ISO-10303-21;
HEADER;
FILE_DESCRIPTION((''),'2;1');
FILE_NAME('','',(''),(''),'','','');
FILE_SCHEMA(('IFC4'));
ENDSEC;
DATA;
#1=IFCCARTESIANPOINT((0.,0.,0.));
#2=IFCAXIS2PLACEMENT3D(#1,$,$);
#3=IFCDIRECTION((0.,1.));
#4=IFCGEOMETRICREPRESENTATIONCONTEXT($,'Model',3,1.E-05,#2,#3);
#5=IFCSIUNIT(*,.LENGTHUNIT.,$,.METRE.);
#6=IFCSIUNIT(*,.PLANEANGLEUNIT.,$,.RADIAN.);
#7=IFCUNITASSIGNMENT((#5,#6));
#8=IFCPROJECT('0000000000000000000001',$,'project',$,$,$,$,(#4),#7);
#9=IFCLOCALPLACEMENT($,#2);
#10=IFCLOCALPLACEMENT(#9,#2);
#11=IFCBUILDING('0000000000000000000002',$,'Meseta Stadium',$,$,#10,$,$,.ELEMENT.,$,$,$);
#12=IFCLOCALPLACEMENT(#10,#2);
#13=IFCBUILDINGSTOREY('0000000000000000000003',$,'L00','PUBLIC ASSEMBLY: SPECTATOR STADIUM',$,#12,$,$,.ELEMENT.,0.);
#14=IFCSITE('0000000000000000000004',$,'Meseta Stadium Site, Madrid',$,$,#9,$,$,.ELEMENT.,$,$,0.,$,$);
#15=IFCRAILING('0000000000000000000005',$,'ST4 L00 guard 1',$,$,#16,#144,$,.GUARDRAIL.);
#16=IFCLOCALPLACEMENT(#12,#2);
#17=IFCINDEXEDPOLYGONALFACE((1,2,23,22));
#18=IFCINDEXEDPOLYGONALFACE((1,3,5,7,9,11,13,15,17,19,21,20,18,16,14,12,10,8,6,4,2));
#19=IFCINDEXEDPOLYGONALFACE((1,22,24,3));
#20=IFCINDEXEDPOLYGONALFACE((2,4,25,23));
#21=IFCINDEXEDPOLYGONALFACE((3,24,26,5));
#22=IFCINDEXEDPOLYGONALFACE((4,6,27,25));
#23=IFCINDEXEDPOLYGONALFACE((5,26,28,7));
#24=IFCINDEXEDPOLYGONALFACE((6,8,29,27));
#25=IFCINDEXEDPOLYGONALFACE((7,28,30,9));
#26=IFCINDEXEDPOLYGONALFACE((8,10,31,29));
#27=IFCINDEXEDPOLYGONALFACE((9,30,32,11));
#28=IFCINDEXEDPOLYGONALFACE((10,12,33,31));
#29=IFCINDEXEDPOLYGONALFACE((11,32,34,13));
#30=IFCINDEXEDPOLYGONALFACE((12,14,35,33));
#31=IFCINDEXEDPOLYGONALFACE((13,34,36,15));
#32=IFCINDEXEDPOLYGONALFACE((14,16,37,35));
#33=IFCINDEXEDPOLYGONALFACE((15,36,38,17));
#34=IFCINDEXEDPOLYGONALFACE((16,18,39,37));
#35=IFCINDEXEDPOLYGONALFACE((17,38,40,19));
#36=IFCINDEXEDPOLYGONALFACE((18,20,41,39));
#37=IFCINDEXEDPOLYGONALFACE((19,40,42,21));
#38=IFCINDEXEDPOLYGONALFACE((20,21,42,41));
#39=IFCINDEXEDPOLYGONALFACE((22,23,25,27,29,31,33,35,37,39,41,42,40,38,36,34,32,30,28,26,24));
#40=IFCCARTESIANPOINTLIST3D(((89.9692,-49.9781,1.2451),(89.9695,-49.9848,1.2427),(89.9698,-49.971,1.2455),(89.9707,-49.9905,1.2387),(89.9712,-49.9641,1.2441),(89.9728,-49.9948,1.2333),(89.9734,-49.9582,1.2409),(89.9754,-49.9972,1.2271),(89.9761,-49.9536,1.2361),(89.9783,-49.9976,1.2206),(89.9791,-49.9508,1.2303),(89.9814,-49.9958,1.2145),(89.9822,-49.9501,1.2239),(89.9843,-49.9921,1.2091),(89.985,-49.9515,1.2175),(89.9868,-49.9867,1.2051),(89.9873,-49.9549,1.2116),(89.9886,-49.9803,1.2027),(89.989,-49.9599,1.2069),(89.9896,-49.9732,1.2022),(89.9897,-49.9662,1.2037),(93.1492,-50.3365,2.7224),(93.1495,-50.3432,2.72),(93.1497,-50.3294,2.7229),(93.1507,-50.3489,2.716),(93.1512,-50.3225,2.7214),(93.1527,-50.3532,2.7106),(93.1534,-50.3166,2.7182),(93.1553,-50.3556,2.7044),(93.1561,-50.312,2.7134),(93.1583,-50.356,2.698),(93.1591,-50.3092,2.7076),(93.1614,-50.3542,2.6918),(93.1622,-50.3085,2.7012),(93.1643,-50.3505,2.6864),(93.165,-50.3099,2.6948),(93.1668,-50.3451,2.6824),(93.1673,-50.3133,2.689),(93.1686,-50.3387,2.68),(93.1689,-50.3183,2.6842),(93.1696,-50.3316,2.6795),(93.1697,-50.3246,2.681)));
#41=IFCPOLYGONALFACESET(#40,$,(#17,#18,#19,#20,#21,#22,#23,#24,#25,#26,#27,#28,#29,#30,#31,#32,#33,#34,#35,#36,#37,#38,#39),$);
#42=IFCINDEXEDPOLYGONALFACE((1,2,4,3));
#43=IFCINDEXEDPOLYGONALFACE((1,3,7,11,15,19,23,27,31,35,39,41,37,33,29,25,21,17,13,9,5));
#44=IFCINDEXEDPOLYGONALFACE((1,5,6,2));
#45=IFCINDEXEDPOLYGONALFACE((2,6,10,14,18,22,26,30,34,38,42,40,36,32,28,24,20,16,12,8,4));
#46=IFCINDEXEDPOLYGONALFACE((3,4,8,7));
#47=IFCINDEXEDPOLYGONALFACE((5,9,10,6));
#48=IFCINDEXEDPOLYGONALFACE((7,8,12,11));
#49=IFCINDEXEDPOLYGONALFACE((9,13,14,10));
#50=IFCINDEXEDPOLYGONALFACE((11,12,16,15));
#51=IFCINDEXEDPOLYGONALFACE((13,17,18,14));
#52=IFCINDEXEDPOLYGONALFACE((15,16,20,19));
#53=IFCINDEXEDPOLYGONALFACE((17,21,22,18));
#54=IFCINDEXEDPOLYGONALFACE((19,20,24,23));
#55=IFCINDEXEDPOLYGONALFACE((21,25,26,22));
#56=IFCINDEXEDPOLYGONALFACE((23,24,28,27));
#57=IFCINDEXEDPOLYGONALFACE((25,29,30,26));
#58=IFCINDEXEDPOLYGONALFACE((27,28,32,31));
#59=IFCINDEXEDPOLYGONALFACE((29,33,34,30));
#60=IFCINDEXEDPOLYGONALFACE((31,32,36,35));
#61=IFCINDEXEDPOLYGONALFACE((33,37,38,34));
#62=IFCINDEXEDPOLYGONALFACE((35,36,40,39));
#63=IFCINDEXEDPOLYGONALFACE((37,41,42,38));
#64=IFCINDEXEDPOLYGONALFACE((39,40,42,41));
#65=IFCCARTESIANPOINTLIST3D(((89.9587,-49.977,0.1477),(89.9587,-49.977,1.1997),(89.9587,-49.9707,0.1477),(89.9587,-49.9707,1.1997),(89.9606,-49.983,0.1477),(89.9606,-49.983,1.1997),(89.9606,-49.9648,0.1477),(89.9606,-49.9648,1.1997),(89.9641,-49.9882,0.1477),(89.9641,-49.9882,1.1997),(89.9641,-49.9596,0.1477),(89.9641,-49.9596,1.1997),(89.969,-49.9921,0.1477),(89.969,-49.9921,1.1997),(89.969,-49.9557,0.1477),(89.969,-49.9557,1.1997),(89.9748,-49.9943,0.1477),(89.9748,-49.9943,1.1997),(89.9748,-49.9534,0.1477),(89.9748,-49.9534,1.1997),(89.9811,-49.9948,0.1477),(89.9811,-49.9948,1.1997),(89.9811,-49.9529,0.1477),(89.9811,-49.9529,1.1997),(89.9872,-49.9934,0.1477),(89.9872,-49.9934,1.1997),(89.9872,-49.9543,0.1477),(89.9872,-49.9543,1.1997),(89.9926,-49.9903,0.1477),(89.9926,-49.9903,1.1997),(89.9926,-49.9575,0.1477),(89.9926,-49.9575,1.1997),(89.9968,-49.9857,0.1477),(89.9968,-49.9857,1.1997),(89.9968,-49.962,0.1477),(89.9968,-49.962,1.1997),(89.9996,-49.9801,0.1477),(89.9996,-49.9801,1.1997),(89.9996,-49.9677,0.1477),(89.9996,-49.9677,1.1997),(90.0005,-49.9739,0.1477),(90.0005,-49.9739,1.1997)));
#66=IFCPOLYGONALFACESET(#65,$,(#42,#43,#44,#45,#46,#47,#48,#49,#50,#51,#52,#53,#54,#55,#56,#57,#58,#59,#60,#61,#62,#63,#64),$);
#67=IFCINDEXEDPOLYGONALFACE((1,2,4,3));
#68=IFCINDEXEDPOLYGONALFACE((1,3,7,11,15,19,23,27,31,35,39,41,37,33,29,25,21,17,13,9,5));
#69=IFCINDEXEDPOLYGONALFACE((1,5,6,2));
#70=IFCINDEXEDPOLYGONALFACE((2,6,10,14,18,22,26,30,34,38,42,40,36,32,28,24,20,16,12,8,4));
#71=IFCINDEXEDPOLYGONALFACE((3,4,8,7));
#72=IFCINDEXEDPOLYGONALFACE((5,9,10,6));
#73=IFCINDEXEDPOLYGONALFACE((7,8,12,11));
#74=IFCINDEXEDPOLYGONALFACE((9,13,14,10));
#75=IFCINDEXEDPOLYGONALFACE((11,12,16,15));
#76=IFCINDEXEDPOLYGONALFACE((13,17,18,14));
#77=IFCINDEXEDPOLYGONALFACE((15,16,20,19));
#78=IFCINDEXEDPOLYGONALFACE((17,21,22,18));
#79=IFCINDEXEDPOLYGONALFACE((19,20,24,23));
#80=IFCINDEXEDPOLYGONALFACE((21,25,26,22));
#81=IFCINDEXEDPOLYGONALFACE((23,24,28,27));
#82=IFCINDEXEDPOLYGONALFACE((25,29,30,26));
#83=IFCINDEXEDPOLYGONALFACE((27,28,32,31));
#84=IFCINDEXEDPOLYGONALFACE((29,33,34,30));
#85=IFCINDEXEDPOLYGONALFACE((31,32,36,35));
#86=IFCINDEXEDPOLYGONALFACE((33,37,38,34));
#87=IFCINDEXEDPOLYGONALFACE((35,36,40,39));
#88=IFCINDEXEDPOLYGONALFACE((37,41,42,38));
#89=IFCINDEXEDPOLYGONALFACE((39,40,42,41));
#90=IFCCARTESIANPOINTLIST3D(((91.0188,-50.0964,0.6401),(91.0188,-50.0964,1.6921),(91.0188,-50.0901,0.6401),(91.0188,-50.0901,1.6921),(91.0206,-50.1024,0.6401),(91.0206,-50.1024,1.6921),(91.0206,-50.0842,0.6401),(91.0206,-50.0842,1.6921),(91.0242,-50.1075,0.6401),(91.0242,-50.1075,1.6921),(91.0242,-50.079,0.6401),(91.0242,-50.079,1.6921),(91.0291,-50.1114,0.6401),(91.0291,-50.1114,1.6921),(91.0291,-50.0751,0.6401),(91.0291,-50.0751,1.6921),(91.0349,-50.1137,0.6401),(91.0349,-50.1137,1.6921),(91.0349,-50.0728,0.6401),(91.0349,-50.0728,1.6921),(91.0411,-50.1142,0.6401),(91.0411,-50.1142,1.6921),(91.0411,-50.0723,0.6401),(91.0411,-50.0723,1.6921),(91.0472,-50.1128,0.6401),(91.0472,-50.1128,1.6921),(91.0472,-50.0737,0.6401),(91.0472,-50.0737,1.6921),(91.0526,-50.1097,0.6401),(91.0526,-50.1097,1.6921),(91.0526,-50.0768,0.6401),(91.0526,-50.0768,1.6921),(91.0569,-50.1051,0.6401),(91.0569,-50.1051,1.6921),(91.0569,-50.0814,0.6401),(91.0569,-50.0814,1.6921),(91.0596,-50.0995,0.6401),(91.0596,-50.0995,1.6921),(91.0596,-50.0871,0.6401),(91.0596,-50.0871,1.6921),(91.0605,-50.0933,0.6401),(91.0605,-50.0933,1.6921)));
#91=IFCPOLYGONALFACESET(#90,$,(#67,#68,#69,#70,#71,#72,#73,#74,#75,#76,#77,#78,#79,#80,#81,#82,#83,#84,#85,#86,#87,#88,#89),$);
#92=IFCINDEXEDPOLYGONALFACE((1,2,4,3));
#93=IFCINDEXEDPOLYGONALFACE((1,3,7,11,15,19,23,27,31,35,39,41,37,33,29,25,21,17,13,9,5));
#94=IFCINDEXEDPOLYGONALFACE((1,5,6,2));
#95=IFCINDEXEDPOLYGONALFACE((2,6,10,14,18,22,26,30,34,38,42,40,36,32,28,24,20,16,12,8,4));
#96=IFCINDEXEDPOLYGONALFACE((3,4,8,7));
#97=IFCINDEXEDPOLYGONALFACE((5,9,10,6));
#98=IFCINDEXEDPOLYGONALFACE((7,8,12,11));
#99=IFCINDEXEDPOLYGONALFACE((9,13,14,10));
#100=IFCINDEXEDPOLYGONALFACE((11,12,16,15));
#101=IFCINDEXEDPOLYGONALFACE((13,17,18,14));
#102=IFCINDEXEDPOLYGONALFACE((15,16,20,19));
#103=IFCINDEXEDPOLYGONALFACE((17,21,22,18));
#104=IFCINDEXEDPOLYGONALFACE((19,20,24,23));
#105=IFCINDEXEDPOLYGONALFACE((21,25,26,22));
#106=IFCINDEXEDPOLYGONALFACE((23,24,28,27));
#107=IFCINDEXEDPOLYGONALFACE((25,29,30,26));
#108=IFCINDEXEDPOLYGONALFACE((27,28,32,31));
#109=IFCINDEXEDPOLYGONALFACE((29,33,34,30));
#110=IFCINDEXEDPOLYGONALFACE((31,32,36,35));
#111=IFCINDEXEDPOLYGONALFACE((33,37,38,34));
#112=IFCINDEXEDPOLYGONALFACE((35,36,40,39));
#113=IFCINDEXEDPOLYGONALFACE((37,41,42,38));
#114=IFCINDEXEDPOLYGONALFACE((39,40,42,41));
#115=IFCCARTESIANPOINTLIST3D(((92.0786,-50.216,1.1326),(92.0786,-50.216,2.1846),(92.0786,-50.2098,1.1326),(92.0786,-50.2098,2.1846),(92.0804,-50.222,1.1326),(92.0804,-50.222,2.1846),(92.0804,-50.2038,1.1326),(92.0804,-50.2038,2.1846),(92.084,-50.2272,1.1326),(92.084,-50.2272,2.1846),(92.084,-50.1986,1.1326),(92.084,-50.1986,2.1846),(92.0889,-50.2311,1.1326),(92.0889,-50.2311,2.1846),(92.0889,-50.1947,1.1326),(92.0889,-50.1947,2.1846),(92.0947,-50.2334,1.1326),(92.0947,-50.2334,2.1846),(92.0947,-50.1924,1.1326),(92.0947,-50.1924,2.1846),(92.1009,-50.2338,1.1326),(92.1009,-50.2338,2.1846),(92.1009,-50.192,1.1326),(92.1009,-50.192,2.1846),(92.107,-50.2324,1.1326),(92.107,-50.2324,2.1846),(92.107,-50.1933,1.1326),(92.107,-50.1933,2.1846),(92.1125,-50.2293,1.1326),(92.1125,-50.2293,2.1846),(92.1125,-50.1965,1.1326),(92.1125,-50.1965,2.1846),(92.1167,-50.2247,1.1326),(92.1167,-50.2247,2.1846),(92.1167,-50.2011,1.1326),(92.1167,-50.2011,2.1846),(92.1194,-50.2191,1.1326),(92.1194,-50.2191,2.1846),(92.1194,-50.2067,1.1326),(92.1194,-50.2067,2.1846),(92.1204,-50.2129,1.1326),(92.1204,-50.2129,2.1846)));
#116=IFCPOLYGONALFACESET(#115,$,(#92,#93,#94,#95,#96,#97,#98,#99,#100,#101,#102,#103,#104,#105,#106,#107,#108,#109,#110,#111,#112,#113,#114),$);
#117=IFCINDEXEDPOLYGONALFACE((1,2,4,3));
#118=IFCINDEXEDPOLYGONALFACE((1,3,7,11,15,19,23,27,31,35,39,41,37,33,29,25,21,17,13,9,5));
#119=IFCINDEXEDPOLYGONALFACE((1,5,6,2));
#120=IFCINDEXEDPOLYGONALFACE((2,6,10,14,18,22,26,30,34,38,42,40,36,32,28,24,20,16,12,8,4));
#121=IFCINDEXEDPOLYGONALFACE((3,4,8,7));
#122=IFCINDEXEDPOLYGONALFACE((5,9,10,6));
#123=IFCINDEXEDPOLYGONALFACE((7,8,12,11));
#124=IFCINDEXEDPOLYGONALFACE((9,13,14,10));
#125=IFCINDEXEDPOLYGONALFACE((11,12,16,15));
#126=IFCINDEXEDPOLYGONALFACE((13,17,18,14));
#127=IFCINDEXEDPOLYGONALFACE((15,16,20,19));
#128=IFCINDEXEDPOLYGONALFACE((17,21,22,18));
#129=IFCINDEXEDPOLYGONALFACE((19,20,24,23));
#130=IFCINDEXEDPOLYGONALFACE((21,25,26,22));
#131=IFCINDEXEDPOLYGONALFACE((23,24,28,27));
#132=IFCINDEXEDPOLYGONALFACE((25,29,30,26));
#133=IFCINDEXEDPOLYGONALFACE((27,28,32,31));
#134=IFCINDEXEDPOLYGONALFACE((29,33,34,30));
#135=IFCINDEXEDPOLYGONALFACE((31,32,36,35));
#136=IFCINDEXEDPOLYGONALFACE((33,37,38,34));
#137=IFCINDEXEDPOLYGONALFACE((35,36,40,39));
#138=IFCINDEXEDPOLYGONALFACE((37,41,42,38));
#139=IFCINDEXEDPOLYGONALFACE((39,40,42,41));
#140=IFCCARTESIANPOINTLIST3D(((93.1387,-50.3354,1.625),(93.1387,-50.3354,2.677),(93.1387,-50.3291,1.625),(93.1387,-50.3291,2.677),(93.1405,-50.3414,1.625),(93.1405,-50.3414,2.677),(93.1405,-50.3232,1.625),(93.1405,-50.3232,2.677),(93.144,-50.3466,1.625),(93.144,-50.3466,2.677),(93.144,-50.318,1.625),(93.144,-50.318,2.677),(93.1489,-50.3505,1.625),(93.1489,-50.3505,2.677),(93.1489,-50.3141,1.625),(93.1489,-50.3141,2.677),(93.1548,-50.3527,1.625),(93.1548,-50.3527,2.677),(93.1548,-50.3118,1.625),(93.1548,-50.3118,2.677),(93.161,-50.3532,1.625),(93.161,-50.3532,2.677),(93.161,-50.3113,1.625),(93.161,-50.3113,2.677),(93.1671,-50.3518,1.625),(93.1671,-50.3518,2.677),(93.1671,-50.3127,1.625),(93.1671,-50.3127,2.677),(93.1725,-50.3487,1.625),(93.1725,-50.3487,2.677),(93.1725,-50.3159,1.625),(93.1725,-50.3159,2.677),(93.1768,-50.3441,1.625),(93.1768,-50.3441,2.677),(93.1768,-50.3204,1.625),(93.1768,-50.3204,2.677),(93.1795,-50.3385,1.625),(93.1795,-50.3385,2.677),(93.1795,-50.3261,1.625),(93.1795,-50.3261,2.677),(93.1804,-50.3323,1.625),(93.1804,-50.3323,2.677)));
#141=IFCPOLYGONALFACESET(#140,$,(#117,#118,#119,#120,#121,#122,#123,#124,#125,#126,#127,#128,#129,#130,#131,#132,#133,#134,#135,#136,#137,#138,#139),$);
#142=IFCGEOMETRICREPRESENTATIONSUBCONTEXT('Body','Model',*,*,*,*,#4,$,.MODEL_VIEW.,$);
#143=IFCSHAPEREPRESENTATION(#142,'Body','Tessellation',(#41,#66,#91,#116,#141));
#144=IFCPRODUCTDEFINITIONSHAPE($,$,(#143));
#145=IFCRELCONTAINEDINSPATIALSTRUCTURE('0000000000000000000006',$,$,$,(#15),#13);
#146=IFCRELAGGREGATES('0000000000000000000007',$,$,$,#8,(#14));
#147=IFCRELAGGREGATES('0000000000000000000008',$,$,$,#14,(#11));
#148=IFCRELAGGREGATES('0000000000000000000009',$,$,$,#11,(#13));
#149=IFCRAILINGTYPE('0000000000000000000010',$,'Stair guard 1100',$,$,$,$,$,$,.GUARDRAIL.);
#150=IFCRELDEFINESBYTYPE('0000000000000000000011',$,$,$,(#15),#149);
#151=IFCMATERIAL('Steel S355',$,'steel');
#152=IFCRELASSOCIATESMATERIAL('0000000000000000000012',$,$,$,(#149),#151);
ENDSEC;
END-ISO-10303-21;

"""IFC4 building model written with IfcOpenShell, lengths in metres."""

from ifc_helpers import new_model, si_unit, direction, frame, origin, origin_2d, place, context, subcontext, project, spatial, circle, extrude, material, type_object, element, save


model = new_model("IFC4")

# Units and contexts
model_context = context("Model", 3, precision=1e-05, world=origin(), true_north=direction((0.0, 1.0)))
body_context = subcontext(model_context, "Body", "Model", "MODEL_VIEW")
ifc_project = project(units=[si_unit("LENGTHUNIT", "METRE"), si_unit("PLANEANGLEUNIT", "RADIAN")], contexts=[model_context])

# Site, building, storey
site_placement = place(None, origin())
site = spatial("IfcSite", under=ifc_project, at=site_placement, Name="Meseta Stadium Site, Madrid", CompositionType="ELEMENT", RefElevation=0.0)
building_placement = place(site_placement, origin())
building = spatial("IfcBuilding", under=site, at=building_placement, Name="Meseta Stadium", CompositionType="ELEMENT")
storey_placement = place(building_placement, origin())
storey = spatial("IfcBuildingStorey", under=building, at=storey_placement, Name="L00", Description="PUBLIC ASSEMBLY: SPECTATOR STADIUM", CompositionType="ELEMENT", Elevation=0.0)

# Railing
ifc_material_1 = material(Name="Steel S355", Category="steel")
railing_type_1 = type_object("IfcRailingType", Name="Stair guard 1100", PredefinedType="GUARDRAIL", material=ifc_material_1)
railing_1_placement = place(storey_placement, frame((89.9795, -49.9739, 0.1477)))
element("IfcRailing", 1, at=railing_1_placement, inside=storey, type_object=railing_type_1, Name="ST4 L00 guard 1", PredefinedType="GUARDRAIL", context=body_context, shape_type="SweptSolid", body=[
    extrude(circle(Radius=0.0239, at=origin_2d()), frame((0.0, 0.0, 1.0762), z_axis=(0.90221, -0.101685, 0.419138), x_axis=(0.111997, 0.993709, 0.0)), (0.0, 0.0, 1.0), 3.5247),
    extrude(circle(Radius=0.021, at=origin_2d()), origin(), (0.0, 0.0, 1.0), 1.052),
    extrude(circle(Radius=0.021, at=origin_2d()), frame((1.0601, -0.1194, 0.4924)), (0.0, 0.0, 1.0), 1.052),
    extrude(circle(Radius=0.021, at=origin_2d()), frame((2.1199, -0.239, 0.9849)), (0.0, 0.0, 1.0), 1.052),
    extrude(circle(Radius=0.021, at=origin_2d()), frame((3.1799, -0.3584, 1.4773)), (0.0, 0.0, 1.0), 1.052),
])

save(model, "model.ifc")
